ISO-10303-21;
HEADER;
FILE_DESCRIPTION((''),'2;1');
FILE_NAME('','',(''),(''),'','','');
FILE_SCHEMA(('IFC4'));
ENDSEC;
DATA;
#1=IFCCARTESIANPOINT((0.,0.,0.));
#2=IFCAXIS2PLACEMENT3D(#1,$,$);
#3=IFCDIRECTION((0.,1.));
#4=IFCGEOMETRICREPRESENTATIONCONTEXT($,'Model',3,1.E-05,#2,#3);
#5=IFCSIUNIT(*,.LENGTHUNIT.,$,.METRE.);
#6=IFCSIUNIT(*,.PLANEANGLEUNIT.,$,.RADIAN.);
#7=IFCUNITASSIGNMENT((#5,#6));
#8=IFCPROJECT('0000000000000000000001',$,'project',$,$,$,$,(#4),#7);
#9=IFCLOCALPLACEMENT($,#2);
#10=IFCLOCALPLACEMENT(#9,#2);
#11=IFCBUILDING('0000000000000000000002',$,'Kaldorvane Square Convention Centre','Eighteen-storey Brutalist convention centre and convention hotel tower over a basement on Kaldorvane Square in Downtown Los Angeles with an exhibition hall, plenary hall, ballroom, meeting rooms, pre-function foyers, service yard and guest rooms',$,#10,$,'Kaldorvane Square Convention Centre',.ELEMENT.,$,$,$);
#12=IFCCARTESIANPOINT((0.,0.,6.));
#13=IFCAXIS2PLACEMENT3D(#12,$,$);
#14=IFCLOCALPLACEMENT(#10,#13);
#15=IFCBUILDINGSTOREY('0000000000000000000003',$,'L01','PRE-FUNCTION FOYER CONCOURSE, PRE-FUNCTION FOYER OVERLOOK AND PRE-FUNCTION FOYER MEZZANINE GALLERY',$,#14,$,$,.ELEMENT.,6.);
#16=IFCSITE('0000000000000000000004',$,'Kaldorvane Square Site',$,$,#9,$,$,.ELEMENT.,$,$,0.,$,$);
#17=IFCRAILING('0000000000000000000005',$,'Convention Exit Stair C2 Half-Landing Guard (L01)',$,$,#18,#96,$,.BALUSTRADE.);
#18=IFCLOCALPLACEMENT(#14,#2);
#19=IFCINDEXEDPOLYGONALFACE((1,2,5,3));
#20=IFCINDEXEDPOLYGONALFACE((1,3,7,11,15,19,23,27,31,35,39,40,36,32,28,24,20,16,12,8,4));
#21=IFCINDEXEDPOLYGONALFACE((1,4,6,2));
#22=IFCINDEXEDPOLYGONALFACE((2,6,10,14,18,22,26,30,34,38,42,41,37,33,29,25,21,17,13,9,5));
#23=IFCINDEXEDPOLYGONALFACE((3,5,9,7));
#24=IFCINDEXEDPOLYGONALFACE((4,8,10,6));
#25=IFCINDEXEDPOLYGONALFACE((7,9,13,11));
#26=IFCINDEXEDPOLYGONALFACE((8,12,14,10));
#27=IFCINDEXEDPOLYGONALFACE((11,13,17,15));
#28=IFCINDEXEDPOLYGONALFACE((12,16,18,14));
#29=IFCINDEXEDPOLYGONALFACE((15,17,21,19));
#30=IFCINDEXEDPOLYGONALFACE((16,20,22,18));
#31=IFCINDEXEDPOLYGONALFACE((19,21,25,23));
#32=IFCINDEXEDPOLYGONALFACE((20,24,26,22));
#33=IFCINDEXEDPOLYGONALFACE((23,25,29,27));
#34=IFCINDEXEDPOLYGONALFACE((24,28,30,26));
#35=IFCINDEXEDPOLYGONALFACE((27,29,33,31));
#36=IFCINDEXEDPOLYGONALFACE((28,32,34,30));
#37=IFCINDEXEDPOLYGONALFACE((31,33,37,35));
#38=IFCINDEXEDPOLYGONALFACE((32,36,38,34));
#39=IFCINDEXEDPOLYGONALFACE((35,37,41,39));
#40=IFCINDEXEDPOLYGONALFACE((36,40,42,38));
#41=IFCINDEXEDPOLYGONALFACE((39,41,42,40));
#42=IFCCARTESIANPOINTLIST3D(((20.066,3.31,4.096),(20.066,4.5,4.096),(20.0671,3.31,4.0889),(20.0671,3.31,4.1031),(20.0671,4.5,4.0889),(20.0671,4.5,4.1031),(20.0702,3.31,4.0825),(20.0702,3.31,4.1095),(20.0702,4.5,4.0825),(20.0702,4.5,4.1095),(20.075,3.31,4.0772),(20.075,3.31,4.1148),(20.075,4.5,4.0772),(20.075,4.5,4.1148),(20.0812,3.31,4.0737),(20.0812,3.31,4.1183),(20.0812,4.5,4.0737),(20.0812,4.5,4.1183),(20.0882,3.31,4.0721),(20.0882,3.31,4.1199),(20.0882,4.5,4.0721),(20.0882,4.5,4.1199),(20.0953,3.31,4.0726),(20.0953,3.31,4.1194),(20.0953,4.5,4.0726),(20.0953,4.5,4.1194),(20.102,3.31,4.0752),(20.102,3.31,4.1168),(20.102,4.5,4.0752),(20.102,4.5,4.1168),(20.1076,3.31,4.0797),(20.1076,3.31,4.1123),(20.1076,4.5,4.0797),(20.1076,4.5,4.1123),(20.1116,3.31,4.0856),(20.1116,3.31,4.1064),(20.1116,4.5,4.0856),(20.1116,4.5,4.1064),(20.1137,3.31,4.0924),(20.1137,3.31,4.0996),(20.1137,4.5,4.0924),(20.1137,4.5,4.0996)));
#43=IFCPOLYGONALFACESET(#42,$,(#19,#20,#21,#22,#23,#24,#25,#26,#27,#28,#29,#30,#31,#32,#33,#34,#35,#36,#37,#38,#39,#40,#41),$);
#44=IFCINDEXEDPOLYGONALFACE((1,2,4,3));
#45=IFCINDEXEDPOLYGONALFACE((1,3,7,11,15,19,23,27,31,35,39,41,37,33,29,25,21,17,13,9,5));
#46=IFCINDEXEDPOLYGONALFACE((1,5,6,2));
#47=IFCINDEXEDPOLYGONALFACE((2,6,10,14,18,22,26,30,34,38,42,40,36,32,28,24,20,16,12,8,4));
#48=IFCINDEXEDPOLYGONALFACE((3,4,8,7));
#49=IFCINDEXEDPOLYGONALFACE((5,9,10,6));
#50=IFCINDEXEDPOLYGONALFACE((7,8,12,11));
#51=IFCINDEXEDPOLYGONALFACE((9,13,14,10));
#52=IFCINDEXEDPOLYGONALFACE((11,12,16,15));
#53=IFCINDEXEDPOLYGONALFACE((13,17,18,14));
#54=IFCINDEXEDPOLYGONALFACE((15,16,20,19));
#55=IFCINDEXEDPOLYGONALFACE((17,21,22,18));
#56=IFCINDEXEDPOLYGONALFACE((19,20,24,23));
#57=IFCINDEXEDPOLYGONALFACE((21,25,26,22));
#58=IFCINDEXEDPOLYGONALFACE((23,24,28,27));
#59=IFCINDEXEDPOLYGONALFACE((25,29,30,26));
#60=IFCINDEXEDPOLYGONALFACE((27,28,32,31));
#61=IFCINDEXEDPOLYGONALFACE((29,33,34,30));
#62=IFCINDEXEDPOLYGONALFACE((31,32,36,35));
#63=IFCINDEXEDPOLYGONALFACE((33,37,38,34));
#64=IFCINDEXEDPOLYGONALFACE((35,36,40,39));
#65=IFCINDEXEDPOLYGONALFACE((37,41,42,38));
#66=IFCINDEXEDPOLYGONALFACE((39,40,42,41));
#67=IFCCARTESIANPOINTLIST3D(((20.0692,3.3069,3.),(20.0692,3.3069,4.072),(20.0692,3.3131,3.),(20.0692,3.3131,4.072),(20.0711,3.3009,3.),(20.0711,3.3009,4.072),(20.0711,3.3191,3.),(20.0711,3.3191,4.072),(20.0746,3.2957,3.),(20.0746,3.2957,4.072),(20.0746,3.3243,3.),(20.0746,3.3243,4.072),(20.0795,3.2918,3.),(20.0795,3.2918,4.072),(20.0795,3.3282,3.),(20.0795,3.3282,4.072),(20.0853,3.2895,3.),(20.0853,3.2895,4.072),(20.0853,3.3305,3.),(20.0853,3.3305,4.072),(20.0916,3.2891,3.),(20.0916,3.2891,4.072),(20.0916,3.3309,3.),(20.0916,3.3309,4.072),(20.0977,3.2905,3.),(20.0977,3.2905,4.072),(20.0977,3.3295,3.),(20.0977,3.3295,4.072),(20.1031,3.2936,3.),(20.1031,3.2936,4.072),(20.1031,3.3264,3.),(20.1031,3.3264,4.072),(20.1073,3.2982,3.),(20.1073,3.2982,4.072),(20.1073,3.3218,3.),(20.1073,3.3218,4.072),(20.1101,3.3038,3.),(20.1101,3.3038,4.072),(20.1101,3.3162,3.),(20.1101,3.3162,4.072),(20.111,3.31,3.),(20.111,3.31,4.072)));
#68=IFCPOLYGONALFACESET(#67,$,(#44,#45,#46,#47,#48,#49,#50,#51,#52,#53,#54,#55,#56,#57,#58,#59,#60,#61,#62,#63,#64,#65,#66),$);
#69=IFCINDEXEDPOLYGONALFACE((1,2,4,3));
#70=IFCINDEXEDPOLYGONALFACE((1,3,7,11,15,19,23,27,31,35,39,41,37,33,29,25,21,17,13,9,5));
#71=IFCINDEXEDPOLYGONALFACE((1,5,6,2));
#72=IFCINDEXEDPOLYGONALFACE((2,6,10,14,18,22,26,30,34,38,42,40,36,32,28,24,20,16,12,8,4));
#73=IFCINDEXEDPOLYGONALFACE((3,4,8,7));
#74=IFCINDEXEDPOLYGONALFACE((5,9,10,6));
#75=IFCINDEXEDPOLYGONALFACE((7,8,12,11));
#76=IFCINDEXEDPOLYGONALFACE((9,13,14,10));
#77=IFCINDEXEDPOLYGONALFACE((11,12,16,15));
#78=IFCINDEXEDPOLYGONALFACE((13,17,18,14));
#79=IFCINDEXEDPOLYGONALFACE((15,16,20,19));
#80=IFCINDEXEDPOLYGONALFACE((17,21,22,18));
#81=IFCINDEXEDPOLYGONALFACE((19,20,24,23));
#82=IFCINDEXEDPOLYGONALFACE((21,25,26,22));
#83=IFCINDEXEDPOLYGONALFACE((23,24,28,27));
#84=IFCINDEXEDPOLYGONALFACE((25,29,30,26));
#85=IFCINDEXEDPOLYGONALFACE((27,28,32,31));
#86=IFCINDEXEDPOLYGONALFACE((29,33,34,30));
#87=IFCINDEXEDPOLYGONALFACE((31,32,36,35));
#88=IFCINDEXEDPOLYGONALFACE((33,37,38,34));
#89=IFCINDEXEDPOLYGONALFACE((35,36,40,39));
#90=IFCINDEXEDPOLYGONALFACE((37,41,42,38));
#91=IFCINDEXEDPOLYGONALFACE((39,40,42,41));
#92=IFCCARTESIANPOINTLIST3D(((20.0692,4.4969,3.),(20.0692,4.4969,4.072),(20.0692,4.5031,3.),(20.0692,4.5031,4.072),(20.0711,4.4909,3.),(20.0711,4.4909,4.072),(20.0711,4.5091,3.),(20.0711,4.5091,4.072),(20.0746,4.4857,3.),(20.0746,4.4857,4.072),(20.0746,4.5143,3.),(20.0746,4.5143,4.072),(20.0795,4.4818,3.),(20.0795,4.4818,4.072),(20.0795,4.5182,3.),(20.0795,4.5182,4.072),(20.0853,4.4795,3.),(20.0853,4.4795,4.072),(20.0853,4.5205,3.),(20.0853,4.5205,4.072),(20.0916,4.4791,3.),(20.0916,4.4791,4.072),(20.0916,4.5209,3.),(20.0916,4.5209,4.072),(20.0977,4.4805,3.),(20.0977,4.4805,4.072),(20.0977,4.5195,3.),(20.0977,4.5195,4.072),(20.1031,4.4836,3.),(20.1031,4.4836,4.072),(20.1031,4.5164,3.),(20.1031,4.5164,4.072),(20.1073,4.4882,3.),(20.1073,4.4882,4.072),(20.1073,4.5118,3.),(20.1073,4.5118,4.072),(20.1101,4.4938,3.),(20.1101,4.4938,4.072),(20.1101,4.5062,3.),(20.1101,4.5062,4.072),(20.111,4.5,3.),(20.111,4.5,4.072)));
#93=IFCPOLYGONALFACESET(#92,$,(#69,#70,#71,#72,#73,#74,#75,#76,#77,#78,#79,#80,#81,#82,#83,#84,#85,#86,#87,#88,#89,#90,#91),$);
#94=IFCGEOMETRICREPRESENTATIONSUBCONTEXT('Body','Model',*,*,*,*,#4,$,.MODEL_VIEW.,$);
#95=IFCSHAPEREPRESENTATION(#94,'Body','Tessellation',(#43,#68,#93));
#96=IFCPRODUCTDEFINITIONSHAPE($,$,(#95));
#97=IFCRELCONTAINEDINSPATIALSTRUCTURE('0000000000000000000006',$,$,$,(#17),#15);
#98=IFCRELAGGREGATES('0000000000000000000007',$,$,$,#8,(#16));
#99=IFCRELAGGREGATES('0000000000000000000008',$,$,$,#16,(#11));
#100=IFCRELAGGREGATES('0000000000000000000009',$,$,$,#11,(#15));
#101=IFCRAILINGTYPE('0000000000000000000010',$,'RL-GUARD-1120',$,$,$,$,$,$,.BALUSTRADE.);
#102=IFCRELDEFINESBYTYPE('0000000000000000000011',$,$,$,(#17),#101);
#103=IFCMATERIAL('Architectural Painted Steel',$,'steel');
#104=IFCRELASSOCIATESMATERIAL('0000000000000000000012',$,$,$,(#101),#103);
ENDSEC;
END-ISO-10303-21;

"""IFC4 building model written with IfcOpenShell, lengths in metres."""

from ifc_helpers import new_model, si_unit, direction, frame, origin, origin_2d, place, context, subcontext, project, spatial, circle, extrude, material, type_object, element, save


model = new_model("IFC4")

# Units and contexts
model_context = context("Model", 3, precision=1e-05, world=origin(), true_north=direction((0.0, 1.0)))
body_context = subcontext(model_context, "Body", "Model", "MODEL_VIEW")
ifc_project = project(units=[si_unit("LENGTHUNIT", "METRE"), si_unit("PLANEANGLEUNIT", "RADIAN")], contexts=[model_context])

# Site, building, storey
site_placement = place(None, origin())
site = spatial("IfcSite", under=ifc_project, at=site_placement, Name="Kaldorvane Square Site", CompositionType="ELEMENT", RefElevation=0.0)
building_placement = place(site_placement, origin())
building = spatial("IfcBuilding", under=site, at=building_placement, Name="Kaldorvane Square Convention Centre", Description="Eighteen-storey Brutalist convention centre and convention hotel tower over a basement on Kaldorvane Square in Downtown Los Angeles with an exhibition hall, plenary hall, ballroom, meeting rooms, pre-function foyers, service yard and guest rooms", LongName="Kaldorvane Square Convention Centre", CompositionType="ELEMENT")
storey_placement = place(building_placement, frame((0.0, 0.0, 6.0)))
storey = spatial("IfcBuildingStorey", under=building, at=storey_placement, Name="L01", Description="PRE-FUNCTION FOYER CONCOURSE, PRE-FUNCTION FOYER OVERLOOK AND PRE-FUNCTION FOYER MEZZANINE GALLERY", CompositionType="ELEMENT", Elevation=6.0)

# Railing
ifc_material_1 = material(Name="Architectural Painted Steel", Category="steel")
railing_type_1 = type_object("IfcRailingType", Name="RL-GUARD-1120", PredefinedType="BALUSTRADE", material=ifc_material_1)
for number, where, name in (
    (1, (20.09, 3.31, 3.0), "Convention Exit Stair C2 Half-Landing Guard (L01)"),
):
    element("IfcRailing", number, at=place(storey_placement, frame(where)), inside=storey, type_object=railing_type_1, Name=name, PredefinedType="BALUSTRADE", context=body_context, shape_type="SweptSolid", body=[
        extrude(circle(Radius=0.024, at=origin_2d()), frame((0.0, 0.0, 1.096), z_axis=(0.0, 1.0, 0.0), x_axis=(-1.0, 0.0, 0.0)), (0.0, 0.0, 1.0), 1.19),
        extrude(circle(Radius=0.021, at=origin_2d()), origin(), (0.0, 0.0, 1.0), 1.072),
        extrude(circle(Radius=0.021, at=origin_2d()), frame((0.0, 1.19, 0.0)), (0.0, 0.0, 1.0), 1.072),
    ])

save(model, "model.ifc")
